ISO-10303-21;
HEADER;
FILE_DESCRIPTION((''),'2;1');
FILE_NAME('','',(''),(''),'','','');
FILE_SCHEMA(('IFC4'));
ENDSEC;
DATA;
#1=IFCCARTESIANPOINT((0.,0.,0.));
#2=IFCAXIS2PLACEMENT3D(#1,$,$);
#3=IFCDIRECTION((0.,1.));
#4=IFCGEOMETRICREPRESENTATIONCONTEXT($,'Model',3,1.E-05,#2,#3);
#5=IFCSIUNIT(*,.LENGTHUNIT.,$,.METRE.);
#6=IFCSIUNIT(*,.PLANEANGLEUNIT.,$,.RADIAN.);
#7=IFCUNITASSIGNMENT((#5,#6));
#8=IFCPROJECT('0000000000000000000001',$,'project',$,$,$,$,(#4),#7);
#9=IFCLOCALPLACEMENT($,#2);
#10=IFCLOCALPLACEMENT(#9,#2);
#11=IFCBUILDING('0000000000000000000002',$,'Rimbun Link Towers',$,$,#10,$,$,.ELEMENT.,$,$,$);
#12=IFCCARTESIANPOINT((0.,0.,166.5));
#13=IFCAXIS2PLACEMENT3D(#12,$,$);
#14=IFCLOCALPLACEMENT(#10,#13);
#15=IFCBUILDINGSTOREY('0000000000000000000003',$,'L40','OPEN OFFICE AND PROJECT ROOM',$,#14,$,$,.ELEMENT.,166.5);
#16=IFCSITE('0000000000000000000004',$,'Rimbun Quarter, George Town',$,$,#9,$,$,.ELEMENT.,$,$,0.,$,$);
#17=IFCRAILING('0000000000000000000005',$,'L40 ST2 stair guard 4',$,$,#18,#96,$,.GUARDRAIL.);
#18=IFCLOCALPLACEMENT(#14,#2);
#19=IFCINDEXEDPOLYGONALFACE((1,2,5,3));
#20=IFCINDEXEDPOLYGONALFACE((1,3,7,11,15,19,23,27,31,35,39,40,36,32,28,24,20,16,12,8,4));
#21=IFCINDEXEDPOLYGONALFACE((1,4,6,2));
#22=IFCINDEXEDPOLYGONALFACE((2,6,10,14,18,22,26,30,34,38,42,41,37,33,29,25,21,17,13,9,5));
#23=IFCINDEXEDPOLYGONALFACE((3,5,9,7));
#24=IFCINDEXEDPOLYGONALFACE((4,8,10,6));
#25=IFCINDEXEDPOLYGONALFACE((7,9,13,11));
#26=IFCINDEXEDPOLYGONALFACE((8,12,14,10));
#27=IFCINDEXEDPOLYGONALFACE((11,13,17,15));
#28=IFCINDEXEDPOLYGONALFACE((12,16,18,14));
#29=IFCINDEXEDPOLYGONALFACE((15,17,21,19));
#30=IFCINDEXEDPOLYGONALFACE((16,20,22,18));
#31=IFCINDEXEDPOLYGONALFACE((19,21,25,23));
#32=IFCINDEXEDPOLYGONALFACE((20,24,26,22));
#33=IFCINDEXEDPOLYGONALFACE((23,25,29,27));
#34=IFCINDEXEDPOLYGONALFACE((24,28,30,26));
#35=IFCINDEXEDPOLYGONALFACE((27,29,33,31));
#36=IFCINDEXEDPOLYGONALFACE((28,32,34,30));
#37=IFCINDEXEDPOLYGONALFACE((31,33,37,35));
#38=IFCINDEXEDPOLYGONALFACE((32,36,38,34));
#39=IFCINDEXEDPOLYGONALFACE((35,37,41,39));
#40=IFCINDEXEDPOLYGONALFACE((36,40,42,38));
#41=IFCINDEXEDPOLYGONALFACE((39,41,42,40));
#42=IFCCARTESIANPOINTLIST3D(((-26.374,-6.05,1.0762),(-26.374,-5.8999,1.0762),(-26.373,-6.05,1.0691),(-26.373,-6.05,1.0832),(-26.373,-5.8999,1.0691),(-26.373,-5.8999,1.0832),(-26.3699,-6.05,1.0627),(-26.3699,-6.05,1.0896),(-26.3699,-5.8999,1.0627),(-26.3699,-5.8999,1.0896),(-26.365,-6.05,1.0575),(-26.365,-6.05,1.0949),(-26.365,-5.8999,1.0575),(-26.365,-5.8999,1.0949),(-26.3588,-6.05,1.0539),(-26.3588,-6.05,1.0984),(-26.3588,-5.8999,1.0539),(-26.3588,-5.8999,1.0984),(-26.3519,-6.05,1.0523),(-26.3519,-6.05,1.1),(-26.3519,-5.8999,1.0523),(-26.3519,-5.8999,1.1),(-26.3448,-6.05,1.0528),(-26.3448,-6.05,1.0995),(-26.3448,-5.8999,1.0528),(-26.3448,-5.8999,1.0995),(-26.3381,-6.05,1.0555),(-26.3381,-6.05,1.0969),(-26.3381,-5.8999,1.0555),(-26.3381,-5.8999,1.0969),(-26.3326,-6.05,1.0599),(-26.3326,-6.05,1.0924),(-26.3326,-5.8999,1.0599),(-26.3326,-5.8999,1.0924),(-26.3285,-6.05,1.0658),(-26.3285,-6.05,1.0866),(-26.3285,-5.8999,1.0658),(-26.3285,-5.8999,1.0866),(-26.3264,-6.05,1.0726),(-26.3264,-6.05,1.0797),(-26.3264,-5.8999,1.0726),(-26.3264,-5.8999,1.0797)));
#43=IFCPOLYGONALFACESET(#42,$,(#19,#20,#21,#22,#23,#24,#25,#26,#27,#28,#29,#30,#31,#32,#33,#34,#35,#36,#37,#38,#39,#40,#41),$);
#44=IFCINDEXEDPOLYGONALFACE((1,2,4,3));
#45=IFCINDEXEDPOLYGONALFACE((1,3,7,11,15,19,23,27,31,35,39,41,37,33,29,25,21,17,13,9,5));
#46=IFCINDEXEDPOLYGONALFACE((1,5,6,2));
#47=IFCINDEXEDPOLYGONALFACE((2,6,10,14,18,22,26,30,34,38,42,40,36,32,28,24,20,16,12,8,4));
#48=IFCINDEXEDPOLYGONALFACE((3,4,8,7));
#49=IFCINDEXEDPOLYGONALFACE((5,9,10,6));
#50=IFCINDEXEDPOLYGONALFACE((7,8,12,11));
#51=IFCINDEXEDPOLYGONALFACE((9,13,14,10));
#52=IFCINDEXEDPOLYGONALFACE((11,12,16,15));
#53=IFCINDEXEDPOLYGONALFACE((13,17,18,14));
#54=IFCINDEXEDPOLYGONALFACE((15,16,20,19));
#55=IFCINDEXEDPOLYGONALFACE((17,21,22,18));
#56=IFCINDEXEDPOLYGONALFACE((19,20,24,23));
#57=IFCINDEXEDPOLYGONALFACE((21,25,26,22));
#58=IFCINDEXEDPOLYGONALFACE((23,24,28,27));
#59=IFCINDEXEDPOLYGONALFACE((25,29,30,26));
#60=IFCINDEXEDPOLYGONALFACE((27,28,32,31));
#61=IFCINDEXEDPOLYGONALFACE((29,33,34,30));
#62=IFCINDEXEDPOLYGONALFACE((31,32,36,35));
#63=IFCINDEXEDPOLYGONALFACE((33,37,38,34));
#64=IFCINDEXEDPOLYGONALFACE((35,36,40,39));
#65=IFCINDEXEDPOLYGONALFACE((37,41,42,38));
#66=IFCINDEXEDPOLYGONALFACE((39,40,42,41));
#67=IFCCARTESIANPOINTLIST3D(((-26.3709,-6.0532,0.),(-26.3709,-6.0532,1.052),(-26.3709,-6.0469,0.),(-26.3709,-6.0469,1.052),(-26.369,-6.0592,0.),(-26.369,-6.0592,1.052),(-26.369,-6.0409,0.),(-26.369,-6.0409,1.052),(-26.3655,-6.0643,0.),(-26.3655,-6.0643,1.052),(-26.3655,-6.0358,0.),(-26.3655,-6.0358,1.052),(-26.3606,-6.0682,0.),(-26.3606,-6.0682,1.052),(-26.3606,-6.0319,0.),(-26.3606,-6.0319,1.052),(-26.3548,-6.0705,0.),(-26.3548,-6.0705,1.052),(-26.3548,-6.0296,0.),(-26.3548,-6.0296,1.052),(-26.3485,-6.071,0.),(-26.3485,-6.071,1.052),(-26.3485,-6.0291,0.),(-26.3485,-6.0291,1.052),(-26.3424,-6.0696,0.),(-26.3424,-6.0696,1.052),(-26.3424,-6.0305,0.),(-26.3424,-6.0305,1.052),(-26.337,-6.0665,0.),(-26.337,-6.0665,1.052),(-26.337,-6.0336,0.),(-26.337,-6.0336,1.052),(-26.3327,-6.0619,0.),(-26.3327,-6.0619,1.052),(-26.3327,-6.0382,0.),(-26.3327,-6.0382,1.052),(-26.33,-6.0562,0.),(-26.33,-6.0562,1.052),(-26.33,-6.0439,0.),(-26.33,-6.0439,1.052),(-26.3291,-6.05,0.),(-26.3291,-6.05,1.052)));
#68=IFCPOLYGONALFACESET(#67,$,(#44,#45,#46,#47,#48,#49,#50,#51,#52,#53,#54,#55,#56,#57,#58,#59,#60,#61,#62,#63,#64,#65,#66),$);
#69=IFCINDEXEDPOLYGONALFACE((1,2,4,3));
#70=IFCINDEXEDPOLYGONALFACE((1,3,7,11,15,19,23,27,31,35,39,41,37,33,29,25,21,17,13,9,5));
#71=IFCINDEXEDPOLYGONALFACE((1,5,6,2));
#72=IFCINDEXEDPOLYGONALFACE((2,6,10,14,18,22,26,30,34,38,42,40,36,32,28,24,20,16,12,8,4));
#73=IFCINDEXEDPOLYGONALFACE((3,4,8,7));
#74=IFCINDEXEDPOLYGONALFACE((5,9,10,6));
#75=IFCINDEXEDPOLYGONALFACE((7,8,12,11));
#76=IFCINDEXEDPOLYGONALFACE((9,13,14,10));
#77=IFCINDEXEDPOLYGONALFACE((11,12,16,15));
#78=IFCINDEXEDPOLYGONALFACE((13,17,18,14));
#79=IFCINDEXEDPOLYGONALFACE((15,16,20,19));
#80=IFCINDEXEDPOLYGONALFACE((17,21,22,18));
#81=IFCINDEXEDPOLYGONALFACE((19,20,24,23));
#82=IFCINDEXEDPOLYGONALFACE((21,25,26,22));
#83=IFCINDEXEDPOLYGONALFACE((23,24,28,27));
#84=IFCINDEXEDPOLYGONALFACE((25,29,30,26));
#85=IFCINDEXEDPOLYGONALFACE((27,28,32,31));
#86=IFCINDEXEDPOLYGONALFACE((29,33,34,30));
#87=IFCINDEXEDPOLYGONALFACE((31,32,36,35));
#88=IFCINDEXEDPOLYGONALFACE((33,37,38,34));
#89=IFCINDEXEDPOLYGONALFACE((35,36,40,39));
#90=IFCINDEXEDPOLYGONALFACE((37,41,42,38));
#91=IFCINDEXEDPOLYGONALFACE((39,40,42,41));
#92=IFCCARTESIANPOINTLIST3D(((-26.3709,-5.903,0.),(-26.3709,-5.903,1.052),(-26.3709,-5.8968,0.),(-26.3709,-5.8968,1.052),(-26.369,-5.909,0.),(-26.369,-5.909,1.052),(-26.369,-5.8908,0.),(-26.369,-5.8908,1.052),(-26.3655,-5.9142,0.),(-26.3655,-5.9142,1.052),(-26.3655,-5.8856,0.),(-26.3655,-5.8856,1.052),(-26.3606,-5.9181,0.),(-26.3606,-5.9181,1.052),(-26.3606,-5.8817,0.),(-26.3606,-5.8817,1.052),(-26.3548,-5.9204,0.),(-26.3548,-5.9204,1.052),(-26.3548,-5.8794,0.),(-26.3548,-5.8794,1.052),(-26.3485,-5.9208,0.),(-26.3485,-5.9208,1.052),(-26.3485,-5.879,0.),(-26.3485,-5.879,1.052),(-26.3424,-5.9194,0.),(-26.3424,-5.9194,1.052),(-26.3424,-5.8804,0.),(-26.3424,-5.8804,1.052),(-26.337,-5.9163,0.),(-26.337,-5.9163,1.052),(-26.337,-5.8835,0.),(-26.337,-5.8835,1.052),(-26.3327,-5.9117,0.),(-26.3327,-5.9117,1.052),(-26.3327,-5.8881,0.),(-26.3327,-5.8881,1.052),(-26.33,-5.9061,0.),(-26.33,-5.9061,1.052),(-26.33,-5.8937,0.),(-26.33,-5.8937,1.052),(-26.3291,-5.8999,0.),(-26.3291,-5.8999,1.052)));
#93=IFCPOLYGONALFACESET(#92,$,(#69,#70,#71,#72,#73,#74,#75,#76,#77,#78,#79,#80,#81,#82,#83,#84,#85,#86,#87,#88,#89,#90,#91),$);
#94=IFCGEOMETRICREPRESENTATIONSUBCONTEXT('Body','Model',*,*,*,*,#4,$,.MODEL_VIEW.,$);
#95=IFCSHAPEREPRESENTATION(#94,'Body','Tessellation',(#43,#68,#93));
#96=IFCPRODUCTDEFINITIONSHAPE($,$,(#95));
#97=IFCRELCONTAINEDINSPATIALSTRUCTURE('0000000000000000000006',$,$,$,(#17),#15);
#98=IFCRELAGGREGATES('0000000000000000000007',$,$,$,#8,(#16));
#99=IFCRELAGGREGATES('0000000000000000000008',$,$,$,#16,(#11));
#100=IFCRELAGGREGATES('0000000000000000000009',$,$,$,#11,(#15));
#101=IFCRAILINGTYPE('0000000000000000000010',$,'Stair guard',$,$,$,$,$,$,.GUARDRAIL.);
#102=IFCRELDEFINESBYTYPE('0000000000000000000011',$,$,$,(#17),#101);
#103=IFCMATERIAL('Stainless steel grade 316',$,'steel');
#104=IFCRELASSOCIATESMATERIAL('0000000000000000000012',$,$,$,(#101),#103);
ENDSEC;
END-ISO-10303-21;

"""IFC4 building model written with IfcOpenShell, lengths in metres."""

from ifc_helpers import new_model, si_unit, direction, frame, origin, origin_2d, place, context, subcontext, project, spatial, circle, extrude, material, type_object, element, save


model = new_model("IFC4")

# Units and contexts
model_context = context("Model", 3, precision=1e-05, world=origin(), true_north=direction((0.0, 1.0)))
body_context = subcontext(model_context, "Body", "Model", "MODEL_VIEW")
ifc_project = project(units=[si_unit("LENGTHUNIT", "METRE"), si_unit("PLANEANGLEUNIT", "RADIAN")], contexts=[model_context])

# Site, building, storey
site_placement = place(None, origin())
site = spatial("IfcSite", under=ifc_project, at=site_placement, Name="Rimbun Quarter, George Town", CompositionType="ELEMENT", RefElevation=0.0)
building_placement = place(site_placement, origin())
building = spatial("IfcBuilding", under=site, at=building_placement, Name="Rimbun Link Towers", CompositionType="ELEMENT")
storey_placement = place(building_placement, frame((0.0, 0.0, 166.5)))
storey = spatial("IfcBuildingStorey", under=building, at=storey_placement, Name="L40", Description="OPEN OFFICE AND PROJECT ROOM", CompositionType="ELEMENT", Elevation=166.5)

# Railing
ifc_material_1 = material(Name="Stainless steel grade 316", Category="steel")
railing_type_1 = type_object("IfcRailingType", Name="Stair guard", PredefinedType="GUARDRAIL", material=ifc_material_1)
railing_1_placement = place(storey_placement, frame((-26.3501, -6.05, 0.0)))
element("IfcRailing", 1, at=railing_1_placement, inside=storey, type_object=railing_type_1, Name="L40 ST2 stair guard 4", PredefinedType="GUARDRAIL", context=body_context, shape_type="SweptSolid", body=[
    extrude(circle(Radius=0.0239, at=origin_2d()), frame((0.0, 0.0, 1.0762), z_axis=(0.0, 1.0, 0.0), x_axis=(-1.0, 0.0, 0.0)), (0.0, 0.0, 1.0), 0.1501),
    extrude(circle(Radius=0.021, at=origin_2d()), origin(), (0.0, 0.0, 1.0), 1.052),
    extrude(circle(Radius=0.021, at=origin_2d()), frame((0.0, 0.1501, 0.0)), (0.0, 0.0, 1.0), 1.052),
])

save(model, "model.ifc")
